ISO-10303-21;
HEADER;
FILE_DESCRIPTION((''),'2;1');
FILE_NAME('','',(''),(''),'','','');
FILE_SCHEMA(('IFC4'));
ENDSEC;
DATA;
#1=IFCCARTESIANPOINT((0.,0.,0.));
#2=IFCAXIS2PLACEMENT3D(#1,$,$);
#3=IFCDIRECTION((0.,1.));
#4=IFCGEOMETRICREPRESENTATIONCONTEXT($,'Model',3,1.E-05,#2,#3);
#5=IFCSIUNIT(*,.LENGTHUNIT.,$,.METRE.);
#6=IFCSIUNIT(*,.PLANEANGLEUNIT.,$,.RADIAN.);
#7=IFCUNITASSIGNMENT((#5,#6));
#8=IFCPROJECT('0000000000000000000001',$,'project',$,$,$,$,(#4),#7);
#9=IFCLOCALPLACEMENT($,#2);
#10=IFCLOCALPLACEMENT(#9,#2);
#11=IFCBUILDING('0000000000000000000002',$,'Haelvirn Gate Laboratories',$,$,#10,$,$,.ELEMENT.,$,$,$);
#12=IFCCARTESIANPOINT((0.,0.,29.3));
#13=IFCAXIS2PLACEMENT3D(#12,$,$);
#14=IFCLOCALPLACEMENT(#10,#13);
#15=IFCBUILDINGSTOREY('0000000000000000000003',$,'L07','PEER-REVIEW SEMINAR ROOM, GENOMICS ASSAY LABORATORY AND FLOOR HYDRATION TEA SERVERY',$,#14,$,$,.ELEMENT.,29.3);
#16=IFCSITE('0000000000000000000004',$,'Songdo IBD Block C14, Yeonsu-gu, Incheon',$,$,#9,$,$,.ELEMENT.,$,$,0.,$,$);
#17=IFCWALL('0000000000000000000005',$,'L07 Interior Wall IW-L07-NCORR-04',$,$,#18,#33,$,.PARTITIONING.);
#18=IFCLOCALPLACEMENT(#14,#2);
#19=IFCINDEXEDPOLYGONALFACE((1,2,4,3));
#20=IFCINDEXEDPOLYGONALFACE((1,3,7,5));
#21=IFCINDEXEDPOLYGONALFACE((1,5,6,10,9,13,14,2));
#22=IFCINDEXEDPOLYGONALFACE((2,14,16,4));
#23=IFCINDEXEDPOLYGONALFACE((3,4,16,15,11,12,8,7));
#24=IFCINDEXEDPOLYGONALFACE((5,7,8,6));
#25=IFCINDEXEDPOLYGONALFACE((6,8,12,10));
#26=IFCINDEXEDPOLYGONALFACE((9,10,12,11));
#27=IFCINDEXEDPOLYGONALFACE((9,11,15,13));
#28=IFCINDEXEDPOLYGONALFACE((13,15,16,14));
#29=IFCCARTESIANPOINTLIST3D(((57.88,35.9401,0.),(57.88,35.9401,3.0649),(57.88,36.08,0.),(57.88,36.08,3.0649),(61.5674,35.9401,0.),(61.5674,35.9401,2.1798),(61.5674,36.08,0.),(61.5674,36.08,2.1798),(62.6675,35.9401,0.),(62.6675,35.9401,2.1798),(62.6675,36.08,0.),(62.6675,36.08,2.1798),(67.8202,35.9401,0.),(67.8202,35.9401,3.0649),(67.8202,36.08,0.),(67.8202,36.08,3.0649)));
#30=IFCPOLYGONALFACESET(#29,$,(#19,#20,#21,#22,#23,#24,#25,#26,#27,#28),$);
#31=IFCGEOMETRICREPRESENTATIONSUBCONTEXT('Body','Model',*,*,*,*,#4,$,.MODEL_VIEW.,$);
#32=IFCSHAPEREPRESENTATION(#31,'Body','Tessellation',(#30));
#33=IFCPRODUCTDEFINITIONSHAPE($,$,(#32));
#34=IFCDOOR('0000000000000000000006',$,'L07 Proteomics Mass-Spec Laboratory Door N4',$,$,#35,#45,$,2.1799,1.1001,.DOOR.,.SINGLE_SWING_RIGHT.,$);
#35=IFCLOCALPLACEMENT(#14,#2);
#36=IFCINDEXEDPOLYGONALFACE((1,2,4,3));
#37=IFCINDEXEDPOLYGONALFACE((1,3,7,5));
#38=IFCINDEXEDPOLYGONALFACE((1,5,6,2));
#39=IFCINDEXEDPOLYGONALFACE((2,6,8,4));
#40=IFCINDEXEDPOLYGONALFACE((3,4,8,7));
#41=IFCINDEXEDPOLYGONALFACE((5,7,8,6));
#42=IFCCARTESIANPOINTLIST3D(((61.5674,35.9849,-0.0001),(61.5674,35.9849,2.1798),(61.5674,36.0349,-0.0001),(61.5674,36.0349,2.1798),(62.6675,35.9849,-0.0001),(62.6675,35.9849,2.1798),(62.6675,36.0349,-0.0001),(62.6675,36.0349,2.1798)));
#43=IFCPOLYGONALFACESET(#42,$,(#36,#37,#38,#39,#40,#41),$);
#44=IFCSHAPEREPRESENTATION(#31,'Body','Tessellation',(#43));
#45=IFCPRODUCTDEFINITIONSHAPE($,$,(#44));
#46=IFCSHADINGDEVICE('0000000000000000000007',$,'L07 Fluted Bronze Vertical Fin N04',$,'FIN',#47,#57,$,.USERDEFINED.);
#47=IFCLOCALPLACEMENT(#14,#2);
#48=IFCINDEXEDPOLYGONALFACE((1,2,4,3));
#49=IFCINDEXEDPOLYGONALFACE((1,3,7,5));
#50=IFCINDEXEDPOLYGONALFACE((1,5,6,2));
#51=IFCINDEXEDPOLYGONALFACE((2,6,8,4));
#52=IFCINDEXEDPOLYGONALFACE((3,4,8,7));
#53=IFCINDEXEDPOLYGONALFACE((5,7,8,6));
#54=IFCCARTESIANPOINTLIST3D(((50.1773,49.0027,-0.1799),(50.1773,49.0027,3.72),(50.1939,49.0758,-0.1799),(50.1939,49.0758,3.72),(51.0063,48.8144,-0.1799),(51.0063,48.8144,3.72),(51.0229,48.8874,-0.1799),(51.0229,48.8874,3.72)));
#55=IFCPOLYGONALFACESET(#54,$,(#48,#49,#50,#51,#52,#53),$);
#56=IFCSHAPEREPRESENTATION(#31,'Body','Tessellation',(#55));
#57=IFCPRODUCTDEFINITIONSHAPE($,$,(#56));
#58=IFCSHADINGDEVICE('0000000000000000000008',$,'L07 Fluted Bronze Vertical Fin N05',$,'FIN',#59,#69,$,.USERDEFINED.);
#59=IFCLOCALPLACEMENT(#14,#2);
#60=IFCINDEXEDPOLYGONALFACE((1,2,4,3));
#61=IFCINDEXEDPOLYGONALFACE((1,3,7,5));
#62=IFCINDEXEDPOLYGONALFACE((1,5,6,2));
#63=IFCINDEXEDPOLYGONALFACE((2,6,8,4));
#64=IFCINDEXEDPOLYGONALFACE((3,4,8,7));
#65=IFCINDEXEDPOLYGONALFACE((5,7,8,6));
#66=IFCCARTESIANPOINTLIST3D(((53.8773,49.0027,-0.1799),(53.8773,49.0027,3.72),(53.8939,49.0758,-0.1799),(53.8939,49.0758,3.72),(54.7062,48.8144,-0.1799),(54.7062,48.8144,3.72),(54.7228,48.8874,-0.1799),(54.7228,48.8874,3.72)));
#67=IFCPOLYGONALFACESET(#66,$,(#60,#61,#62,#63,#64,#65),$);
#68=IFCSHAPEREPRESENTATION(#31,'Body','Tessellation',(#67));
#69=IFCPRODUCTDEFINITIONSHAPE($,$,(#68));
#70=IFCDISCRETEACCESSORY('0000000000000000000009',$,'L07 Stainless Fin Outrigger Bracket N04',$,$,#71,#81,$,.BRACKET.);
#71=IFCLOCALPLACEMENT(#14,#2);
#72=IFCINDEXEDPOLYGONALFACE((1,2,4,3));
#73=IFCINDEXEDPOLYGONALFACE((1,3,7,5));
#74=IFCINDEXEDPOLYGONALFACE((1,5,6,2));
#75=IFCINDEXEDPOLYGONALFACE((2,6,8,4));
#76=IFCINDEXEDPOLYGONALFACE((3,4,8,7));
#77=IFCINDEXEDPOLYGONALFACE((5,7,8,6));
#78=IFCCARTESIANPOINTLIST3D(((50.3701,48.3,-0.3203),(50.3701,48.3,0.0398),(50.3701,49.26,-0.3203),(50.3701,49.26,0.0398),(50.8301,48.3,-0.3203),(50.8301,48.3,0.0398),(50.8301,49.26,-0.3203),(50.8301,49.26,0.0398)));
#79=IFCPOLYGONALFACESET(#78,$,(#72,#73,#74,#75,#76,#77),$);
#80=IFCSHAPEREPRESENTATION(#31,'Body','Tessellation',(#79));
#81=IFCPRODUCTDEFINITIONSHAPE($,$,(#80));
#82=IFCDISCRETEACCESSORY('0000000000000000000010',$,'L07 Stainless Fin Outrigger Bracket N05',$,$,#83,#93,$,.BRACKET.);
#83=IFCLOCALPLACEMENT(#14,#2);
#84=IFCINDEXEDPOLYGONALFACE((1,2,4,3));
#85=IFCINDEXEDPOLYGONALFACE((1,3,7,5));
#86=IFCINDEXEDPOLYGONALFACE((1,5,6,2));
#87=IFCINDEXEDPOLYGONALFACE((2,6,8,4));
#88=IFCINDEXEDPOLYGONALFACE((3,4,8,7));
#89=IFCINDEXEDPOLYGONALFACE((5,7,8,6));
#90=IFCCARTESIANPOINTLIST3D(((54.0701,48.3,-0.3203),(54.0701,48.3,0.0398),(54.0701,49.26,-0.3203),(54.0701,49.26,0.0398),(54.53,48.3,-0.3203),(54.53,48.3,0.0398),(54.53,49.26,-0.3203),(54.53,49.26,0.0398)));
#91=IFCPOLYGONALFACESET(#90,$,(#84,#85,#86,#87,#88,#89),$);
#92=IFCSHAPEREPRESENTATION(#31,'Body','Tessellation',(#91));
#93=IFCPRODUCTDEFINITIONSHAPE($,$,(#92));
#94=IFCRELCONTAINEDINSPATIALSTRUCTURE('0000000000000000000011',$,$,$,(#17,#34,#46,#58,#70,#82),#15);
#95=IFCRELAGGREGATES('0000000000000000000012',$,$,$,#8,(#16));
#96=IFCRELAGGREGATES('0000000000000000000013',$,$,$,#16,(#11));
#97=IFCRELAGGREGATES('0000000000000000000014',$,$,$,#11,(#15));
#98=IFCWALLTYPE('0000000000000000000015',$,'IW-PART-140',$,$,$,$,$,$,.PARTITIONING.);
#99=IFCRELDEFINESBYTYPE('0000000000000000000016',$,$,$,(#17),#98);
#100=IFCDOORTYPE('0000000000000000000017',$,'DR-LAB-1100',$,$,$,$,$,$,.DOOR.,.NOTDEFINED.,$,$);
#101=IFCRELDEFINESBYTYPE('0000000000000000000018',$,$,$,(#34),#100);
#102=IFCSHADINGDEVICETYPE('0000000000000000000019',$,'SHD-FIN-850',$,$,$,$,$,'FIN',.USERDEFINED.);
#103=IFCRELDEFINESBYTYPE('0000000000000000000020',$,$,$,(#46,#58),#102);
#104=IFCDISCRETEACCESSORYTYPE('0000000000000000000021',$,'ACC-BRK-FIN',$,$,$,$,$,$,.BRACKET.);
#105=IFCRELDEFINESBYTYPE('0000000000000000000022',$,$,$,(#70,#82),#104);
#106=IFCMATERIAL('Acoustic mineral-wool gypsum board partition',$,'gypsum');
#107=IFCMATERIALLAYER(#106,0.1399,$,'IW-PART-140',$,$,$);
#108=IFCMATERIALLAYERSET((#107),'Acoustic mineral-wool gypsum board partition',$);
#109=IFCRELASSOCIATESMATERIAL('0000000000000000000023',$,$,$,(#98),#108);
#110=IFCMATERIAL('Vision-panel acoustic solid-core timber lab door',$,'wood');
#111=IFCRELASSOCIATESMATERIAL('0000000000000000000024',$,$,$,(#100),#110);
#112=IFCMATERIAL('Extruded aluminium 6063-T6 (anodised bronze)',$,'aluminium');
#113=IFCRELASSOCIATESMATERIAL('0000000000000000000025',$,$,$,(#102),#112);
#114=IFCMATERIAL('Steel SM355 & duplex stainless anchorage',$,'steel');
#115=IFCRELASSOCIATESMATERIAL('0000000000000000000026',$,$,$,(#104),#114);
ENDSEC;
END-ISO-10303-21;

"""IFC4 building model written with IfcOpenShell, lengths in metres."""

from ifc_helpers import new_model, si_unit, direction, frame, frame_2d, origin, origin_2d, place, context, subcontext, project, spatial, rectangle, extrude, source, transform, mapped, material, layer, layer_set, material_profile, profile_set, type_object, type_shapes, element, fill, save


model = new_model("IFC4")

# Units and contexts
model_context = context("Model", 3, precision=1e-05, world=origin(), true_north=direction((0.0, 1.0)))
body_context = subcontext(model_context, "Body", "Model", "MODEL_VIEW")
ifc_project = project(units=[si_unit("LENGTHUNIT", "METRE"), si_unit("PLANEANGLEUNIT", "RADIAN")], contexts=[model_context])

# Site, building, storey
site_placement = place(None, origin())
site = spatial("IfcSite", under=ifc_project, at=site_placement, Name="Songdo IBD Block C14, Yeonsu-gu, Incheon", CompositionType="ELEMENT", RefElevation=0.0)
building_placement = place(site_placement, origin())
building = spatial("IfcBuilding", under=site, at=building_placement, Name="Haelvirn Gate Laboratories", CompositionType="ELEMENT")
storey_placement = place(building_placement, frame((0.0, 0.0, 29.3)))
storey = spatial("IfcBuildingStorey", under=building, at=storey_placement, Name="L07", Description="PEER-REVIEW SEMINAR ROOM, GENOMICS ASSAY LABORATORY AND FLOOR HYDRATION TEA SERVERY", CompositionType="ELEMENT", Elevation=29.3)

# Shared definitions
ifc_material_1 = material(Name="Extruded aluminium 6063-T6 (anodised bronze)", Category="aluminium")

# Wall, opening, door
ifc_material_2 = material(Name="Acoustic mineral-wool gypsum board partition", Category="gypsum")
ifc_layer_1 = layer(ifc_material_2, 0.1399, Name="IW-PART-140")
ifc_layer_set_1 = layer_set([ifc_layer_1], Name="Acoustic mineral-wool gypsum board partition")
wall_type_1 = type_object("IfcWallType", Name="IW-PART-140", PredefinedType="PARTITIONING", material=ifc_layer_set_1)
ifc_material_3 = material(Name="Vision-panel acoustic solid-core timber lab door", Category="wood")
door_type = type_object("IfcDoorType", Name="DR-LAB-1100", OperationType="NOTDEFINED", PredefinedType="DOOR", material=ifc_material_3)
shared_shape_1 = source(origin(), body_context, "Body", "SweptSolid", [
    extrude(rectangle(XDim=1.1001, YDim=2.1799, at=frame_2d((0.55, 1.0898))), frame((0.0, 0.0249, 0.0), z_axis=(0.0, -1.0, 0.0), x_axis=(1.0, 0.0, 0.0)), (0.0, 0.0, 1.0), 0.05),
])
type_shapes(door_type, [shared_shape_1])
wall_1_placement = place(storey_placement, frame((57.8799, 36.01, 0.0), z_axis=(0.0, 0.0, 1.0), x_axis=(1.0, 0.0, 0.0)))
wall_1 = element("IfcWall", 1, at=wall_1_placement, inside=storey, type_object=wall_type_1, Name="L07 Interior Wall IW-L07-NCORR-04", PredefinedType="PARTITIONING", context=body_context, shape_type="SweptSolid", body=[
    extrude(rectangle(XDim=9.9402, YDim=0.1399, at=frame_2d((4.9702, 0.0))), origin(), (0.0, 0.0, 1.0), 3.0649),
])
opening_1_placement = place(wall_1_placement, frame((3.6875, 0.0, 0.0)))
opening_1 = element("IfcOpeningElement", 2, at=opening_1_placement, cuts=wall_1, PredefinedType="OPENING", context=body_context, shape_type="SweptSolid", body=[
    extrude(rectangle(XDim=1.1001, YDim=2.1799, at=frame_2d((0.55, 1.0898))), frame((0.0, 0.0801, 0.0), z_axis=(0.0, -1.0, 0.0), x_axis=(1.0, 0.0, 0.0)), (0.0, 0.0, 1.0), 0.1599),
])
door_1_placement = place(opening_1_placement, origin())
door_1 = element("IfcDoor", 3, at=door_1_placement, inside=storey, type_object=door_type, Name="L07 Proteomics Mass-Spec Laboratory Door N4", OperationType="SINGLE_SWING_RIGHT", OverallHeight=2.1799, OverallWidth=1.1001, PredefinedType="DOOR", context=body_context, shape_type="MappedRepresentation", body=[
    mapped(shared_shape_1, transform((0.0, 0.0, 0.0), scale=1.0)),
])
fill(opening_1, door_1)

# Shading devices
ifc_material_profile_1 = material_profile(ifc_material_1, rectangle(XDim=0.075, YDim=0.8501, at=origin_2d()), Name="FIN-850x75")
ifc_profile_set_1 = profile_set([ifc_material_profile_1], Name="Extruded aluminium 6063-T6 (anodised bronze)")
shading_device_type = type_object("IfcShadingDeviceType", Name="SHD-FIN-850", ElementType="FIN", PredefinedType="USERDEFINED", material=ifc_profile_set_1)
shared_shape_2 = source(origin(), body_context, "Body", "SweptSolid", [
    extrude(rectangle(XDim=0.075, YDim=0.8501, at=origin_2d()), origin(), (0.0, 0.0, 1.0), 3.8999),
])
type_shapes(shading_device_type, [shared_shape_2])
for number, where, z_axis, x_axis, name in (
    (4, (50.6001, 48.9451, -0.1799), (0.0, 0.0, 1.0), (0.221548, 0.975149, 0.0), "L07 Fluted Bronze Vertical Fin N04"),
    (5, (54.3, 48.9451, -0.1799), (0.0, 0.0, 1.0), (0.221548, 0.975149, 0.0), "L07 Fluted Bronze Vertical Fin N05"),
):
    element("IfcShadingDevice", number, at=place(storey_placement, frame(where, z_axis=z_axis, x_axis=x_axis)), inside=storey, type_object=shading_device_type, Name=name, ObjectType="FIN", PredefinedType="USERDEFINED", context=body_context, shape_type="MappedRepresentation", body=[
        mapped(shared_shape_2, transform((0.0, 0.0, 0.0), scale=1.0)),
    ])

# Discrete accessories
ifc_material_4 = material(Name="Steel SM355 & duplex stainless anchorage", Category="steel")
discrete_accessory_type = type_object("IfcDiscreteAccessoryType", Name="ACC-BRK-FIN", PredefinedType="BRACKET", material=ifc_material_4)
shared_shape_3 = source(origin(), body_context, "Body", "SweptSolid", [
    extrude(rectangle(XDim=0.46, YDim=0.96, at=origin_2d()), origin(), (0.0, 0.0, 1.0), 0.3601),
])
type_shapes(discrete_accessory_type, [shared_shape_3])
for number, where, z_axis, x_axis, name in (
    (6, (50.6001, 48.78, -0.3203), (0.0, 0.0, 1.0), (1.0, 0.0, 0.0), "L07 Stainless Fin Outrigger Bracket N04"),
    (7, (54.3, 48.78, -0.3203), (0.0, 0.0, 1.0), (1.0, 0.0, 0.0), "L07 Stainless Fin Outrigger Bracket N05"),
):
    element("IfcDiscreteAccessory", number, at=place(storey_placement, frame(where, z_axis=z_axis, x_axis=x_axis)), inside=storey, type_object=discrete_accessory_type, Name=name, PredefinedType="BRACKET", context=body_context, shape_type="MappedRepresentation", body=[
        mapped(shared_shape_3, transform((0.0, 0.0, 0.0), scale=1.0)),
    ])

save(model, "model.ifc")
